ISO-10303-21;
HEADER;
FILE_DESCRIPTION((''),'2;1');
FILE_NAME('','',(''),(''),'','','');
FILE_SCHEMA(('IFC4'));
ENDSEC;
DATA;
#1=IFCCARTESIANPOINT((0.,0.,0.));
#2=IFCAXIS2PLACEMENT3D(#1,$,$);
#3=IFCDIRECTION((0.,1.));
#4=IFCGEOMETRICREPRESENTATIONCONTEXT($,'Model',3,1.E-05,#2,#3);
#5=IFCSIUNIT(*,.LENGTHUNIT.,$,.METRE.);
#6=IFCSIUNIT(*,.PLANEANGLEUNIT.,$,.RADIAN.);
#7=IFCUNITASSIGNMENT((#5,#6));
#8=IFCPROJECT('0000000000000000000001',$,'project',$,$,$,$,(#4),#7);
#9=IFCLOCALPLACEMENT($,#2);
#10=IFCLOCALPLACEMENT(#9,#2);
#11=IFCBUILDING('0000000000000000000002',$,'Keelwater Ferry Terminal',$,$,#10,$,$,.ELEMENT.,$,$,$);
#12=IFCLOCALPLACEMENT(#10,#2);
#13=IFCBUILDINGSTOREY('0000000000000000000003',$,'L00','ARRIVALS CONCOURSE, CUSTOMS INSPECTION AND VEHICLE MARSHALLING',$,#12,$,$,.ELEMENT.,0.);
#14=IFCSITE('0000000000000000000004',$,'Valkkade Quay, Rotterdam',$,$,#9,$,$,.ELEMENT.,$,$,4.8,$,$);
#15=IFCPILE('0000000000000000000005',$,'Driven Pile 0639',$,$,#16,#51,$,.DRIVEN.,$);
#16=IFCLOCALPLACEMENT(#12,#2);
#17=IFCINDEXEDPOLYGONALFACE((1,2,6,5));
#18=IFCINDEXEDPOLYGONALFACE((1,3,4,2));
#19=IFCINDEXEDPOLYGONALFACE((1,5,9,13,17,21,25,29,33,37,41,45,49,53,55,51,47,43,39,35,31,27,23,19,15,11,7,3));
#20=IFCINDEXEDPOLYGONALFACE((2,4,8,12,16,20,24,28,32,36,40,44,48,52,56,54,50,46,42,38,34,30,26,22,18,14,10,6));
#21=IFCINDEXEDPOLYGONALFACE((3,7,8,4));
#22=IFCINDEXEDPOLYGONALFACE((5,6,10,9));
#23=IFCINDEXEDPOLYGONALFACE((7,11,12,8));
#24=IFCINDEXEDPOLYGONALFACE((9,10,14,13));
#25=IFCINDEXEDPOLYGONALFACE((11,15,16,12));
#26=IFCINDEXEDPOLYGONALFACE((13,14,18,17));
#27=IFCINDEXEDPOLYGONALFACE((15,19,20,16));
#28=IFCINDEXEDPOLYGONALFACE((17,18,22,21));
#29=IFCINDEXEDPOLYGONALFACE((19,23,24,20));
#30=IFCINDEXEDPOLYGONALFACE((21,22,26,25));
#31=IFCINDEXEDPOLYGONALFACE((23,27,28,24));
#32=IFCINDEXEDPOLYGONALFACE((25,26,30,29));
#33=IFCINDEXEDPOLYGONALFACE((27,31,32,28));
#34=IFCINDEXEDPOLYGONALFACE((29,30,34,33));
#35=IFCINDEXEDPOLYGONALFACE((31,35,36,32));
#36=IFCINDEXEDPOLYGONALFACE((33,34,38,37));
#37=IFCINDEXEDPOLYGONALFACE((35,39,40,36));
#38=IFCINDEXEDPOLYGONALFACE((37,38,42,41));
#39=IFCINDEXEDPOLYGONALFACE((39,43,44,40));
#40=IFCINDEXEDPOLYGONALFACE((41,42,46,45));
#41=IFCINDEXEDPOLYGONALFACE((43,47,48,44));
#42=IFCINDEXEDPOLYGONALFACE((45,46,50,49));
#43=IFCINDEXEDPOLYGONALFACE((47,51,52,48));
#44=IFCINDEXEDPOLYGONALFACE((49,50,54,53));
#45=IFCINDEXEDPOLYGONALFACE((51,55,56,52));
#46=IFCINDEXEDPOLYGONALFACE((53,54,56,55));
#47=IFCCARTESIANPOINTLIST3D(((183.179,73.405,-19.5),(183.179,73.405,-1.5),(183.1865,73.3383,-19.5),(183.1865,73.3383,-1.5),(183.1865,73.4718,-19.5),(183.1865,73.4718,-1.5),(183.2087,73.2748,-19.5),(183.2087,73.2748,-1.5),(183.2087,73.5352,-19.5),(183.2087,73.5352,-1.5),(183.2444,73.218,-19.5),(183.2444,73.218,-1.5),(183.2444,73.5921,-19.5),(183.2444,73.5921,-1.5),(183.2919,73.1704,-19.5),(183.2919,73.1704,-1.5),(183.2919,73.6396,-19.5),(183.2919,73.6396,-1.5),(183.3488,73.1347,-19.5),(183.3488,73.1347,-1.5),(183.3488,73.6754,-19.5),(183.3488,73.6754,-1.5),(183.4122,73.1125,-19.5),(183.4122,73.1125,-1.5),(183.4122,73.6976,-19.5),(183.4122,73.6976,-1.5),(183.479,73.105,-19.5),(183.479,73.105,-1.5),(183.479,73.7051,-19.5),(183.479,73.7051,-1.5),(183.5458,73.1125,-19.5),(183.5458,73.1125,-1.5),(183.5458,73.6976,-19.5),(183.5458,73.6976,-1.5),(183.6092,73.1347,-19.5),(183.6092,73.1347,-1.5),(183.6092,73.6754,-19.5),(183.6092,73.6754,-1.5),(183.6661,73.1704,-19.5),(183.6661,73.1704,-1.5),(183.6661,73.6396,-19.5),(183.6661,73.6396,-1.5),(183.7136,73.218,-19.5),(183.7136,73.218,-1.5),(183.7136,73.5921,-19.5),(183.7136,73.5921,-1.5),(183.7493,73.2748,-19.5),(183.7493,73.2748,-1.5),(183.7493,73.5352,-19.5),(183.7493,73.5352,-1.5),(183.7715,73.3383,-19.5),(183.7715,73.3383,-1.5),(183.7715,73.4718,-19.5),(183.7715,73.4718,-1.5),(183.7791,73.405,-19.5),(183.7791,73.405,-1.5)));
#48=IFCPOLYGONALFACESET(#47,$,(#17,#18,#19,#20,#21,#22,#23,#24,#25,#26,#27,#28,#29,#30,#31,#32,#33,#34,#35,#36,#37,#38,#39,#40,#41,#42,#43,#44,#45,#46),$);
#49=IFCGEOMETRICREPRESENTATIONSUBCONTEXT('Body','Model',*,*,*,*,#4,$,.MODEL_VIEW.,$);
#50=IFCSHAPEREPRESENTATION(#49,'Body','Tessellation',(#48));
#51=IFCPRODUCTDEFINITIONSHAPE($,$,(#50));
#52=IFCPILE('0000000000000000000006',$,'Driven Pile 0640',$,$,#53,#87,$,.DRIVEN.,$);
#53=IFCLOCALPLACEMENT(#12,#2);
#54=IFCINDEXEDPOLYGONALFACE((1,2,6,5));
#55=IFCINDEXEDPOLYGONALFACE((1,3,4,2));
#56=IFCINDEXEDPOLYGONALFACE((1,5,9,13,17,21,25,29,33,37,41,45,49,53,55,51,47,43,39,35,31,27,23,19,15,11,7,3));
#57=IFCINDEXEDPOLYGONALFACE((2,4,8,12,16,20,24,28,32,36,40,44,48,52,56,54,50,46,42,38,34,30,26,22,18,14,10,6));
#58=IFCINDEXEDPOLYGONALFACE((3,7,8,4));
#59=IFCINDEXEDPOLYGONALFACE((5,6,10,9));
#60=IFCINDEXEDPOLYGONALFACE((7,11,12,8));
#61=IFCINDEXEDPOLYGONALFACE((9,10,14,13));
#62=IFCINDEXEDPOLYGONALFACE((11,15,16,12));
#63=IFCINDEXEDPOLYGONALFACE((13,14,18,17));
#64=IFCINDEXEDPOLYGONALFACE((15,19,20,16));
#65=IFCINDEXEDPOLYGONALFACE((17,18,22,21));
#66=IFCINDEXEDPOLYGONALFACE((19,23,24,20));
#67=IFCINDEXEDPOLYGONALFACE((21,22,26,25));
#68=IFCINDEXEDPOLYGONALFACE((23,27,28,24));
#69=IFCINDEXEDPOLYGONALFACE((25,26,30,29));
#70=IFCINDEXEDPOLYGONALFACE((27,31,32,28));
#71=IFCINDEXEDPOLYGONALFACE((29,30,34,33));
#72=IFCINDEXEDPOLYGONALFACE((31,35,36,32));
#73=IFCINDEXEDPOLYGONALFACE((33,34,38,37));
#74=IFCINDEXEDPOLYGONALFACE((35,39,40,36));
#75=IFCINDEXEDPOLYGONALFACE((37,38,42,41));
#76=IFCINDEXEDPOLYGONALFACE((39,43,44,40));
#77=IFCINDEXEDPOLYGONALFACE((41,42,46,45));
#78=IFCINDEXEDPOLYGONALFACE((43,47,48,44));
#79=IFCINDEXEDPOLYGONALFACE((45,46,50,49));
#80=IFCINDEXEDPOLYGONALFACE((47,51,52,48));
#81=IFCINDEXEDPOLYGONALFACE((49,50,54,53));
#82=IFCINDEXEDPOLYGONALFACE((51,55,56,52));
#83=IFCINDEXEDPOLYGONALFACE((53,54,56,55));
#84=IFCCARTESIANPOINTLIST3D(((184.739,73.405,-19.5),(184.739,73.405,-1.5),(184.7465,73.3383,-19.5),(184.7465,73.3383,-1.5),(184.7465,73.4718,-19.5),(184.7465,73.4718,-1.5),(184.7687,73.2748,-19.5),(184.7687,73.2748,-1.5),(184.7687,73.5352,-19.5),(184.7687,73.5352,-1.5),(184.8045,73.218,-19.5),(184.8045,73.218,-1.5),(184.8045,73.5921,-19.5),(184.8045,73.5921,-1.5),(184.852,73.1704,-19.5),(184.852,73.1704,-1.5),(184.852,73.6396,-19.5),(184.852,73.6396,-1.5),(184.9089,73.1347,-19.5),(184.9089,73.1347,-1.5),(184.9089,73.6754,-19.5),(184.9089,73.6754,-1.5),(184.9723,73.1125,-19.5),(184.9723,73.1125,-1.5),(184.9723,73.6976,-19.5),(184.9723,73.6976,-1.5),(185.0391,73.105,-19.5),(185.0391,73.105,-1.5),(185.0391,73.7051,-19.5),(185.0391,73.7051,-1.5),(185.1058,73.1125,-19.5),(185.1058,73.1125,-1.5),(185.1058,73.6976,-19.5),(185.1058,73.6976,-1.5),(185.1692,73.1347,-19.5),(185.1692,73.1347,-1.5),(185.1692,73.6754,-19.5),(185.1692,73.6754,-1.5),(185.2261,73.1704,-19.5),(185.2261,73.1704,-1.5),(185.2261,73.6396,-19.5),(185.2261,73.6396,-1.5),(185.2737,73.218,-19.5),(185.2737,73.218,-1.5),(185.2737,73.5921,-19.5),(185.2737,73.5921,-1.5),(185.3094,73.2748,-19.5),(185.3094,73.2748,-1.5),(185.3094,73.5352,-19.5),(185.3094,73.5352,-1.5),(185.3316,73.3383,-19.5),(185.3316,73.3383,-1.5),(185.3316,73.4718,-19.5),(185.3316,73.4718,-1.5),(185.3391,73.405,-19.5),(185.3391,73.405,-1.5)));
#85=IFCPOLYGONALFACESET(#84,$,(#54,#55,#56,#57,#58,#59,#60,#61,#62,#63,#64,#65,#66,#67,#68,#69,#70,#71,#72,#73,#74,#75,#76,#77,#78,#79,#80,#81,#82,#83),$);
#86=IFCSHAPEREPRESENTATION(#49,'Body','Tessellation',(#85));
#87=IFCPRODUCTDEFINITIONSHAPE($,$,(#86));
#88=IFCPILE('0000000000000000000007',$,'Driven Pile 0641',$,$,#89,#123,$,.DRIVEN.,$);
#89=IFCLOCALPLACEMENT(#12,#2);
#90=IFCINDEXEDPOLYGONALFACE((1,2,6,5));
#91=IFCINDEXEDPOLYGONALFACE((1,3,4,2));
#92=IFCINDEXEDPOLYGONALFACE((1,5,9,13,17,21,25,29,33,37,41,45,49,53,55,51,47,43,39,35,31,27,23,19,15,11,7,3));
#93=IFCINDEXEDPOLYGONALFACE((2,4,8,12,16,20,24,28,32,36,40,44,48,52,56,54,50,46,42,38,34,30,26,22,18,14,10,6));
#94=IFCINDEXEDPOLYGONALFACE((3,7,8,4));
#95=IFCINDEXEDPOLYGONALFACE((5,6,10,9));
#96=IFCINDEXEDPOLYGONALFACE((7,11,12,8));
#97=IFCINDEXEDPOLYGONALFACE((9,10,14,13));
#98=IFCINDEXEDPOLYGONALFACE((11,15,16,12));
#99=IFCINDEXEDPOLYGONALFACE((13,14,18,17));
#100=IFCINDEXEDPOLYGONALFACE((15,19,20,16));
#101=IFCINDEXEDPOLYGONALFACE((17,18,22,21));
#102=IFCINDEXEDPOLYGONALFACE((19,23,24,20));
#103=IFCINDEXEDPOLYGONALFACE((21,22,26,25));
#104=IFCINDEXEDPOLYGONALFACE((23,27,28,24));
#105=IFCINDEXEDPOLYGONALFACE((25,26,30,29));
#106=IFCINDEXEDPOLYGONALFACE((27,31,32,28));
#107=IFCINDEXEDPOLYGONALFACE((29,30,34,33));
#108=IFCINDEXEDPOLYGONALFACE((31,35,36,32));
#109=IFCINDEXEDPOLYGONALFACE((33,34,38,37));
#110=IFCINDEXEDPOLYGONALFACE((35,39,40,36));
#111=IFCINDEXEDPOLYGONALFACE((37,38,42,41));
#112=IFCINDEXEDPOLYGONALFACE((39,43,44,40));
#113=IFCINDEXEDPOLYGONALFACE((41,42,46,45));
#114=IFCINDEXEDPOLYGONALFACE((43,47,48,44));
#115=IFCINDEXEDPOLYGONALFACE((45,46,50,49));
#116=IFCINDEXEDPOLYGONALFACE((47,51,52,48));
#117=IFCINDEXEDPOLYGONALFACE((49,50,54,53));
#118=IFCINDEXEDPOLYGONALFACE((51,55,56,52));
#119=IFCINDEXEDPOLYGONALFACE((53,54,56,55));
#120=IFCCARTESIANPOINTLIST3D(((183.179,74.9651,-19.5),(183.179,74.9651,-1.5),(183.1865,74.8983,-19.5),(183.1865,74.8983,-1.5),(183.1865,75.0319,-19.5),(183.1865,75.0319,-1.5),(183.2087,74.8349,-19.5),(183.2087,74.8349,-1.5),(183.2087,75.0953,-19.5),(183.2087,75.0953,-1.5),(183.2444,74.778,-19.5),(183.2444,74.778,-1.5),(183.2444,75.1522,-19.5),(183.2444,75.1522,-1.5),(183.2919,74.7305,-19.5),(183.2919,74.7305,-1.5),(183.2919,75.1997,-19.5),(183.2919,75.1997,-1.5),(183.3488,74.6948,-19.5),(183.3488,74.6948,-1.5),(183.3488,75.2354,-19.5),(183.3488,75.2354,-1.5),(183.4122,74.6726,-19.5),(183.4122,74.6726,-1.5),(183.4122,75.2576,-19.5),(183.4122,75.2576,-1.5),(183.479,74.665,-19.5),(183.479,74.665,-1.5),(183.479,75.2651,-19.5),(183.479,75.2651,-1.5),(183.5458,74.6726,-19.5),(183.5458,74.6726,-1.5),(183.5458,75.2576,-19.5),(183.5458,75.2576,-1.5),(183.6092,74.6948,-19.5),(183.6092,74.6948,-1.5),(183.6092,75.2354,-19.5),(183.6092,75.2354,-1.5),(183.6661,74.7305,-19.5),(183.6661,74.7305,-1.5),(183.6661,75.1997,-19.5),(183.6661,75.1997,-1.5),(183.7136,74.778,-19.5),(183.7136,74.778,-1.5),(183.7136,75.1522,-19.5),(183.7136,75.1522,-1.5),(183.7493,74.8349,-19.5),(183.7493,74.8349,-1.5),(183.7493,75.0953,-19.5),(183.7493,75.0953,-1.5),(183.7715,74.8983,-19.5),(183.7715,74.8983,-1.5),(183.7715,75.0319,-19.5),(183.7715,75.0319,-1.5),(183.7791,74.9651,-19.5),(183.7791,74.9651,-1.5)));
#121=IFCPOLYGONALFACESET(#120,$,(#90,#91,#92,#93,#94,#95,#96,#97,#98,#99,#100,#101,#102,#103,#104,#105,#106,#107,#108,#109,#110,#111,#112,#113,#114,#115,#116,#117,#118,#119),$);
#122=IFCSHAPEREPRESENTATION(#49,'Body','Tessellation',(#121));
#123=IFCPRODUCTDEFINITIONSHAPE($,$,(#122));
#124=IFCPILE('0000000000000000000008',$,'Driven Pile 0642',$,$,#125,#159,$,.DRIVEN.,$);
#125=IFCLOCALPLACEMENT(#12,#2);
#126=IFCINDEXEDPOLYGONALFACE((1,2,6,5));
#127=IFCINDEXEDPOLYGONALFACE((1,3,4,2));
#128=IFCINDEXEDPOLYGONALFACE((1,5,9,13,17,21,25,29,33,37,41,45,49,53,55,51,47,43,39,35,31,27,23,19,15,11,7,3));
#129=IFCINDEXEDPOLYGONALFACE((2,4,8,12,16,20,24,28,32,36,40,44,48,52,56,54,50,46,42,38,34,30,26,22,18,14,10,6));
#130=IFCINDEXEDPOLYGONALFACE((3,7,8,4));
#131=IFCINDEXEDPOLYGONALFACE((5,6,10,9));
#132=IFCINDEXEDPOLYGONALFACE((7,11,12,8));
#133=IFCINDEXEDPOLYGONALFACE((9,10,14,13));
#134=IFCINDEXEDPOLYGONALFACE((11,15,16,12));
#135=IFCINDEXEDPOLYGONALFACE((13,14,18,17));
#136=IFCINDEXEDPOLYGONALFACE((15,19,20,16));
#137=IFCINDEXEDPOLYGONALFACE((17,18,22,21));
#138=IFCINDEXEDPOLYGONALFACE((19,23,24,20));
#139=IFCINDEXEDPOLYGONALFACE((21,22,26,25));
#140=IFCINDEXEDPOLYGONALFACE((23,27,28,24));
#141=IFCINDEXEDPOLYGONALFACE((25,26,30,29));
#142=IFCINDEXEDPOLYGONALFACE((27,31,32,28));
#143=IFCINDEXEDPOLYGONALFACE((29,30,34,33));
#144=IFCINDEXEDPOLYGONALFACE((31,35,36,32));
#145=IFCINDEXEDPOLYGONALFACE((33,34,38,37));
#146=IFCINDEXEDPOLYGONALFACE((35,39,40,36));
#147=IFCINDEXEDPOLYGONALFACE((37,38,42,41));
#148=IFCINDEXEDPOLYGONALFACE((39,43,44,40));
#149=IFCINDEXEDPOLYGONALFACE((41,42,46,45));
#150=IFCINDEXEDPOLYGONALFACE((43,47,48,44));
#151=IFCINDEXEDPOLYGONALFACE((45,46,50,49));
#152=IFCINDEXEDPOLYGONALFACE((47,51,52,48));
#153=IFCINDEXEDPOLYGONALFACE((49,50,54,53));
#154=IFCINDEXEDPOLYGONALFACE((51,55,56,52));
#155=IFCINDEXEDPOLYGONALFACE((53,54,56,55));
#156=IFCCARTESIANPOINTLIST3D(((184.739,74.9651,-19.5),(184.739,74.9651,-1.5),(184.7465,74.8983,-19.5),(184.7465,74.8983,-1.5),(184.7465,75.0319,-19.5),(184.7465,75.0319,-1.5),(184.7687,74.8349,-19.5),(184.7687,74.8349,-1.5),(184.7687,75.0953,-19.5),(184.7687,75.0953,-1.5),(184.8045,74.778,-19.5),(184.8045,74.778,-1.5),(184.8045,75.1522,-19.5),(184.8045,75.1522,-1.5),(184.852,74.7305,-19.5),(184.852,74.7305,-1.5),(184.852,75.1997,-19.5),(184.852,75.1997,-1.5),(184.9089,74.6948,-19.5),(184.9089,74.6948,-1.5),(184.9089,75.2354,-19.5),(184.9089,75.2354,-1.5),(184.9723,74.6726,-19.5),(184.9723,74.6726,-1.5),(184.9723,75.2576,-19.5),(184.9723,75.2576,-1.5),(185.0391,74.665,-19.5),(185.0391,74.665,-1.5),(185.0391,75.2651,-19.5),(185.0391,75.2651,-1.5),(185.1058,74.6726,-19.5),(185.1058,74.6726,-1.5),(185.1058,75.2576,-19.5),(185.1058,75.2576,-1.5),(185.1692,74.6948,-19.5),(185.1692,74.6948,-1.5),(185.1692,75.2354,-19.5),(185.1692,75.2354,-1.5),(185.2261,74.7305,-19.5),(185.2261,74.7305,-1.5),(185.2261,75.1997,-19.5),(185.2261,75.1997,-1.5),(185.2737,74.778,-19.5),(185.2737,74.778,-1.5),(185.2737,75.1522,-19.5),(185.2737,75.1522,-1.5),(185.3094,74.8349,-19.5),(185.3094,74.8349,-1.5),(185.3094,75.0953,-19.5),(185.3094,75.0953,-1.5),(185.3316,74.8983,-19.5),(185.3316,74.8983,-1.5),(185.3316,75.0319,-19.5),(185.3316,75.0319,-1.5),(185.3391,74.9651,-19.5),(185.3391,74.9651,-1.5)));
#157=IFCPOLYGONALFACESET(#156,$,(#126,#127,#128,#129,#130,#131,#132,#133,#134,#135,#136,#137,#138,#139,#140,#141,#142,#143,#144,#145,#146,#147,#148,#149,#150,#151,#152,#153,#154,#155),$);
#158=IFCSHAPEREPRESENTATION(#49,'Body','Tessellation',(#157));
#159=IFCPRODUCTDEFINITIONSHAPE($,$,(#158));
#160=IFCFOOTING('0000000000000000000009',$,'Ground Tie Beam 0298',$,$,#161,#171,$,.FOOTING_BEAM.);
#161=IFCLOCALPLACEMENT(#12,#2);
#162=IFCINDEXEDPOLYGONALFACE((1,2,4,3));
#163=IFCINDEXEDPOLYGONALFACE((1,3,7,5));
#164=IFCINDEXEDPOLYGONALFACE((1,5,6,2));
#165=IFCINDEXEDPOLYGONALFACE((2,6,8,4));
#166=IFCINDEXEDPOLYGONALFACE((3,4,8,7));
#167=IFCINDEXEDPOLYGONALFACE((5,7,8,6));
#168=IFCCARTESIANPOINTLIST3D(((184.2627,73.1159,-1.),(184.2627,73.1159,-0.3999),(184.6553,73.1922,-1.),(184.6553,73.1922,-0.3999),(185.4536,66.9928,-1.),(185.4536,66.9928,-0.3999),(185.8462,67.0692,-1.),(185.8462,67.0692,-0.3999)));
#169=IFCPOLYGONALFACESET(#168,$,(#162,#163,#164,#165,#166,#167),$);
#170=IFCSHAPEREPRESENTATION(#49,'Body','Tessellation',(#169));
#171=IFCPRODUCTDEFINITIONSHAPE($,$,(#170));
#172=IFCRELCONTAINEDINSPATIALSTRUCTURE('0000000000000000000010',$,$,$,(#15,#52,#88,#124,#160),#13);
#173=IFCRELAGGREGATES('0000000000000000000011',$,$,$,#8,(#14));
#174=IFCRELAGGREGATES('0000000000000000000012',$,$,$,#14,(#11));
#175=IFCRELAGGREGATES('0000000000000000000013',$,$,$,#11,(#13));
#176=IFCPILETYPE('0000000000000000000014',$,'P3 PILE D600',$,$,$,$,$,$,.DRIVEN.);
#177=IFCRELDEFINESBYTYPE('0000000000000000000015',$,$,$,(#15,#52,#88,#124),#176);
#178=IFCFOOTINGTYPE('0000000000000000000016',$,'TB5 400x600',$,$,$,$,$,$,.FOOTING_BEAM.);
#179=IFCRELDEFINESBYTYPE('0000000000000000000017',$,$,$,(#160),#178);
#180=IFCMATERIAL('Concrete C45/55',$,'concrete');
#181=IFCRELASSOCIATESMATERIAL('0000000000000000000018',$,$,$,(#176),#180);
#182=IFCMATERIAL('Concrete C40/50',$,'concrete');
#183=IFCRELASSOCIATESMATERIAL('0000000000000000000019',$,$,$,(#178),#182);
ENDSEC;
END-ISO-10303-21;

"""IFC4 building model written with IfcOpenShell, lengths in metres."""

from ifc_helpers import new_model, si_unit, direction, frame, origin, origin_2d, place, context, subcontext, project, spatial, rectangle, circle, extrude, material, material_profile, profile_set, type_object, element, save


model = new_model("IFC4")

# Units and contexts
model_context = context("Model", 3, precision=1e-05, world=origin(), true_north=direction((0.0, 1.0)))
body_context = subcontext(model_context, "Body", "Model", "MODEL_VIEW")
ifc_project = project(units=[si_unit("LENGTHUNIT", "METRE"), si_unit("PLANEANGLEUNIT", "RADIAN")], contexts=[model_context])

# Site, building, storey
site_placement = place(None, origin())
site = spatial("IfcSite", under=ifc_project, at=site_placement, Name="Valkkade Quay, Rotterdam", CompositionType="ELEMENT", RefElevation=4.8)
building_placement = place(site_placement, origin())
building = spatial("IfcBuilding", under=site, at=building_placement, Name="Keelwater Ferry Terminal", CompositionType="ELEMENT")
storey_placement = place(building_placement, origin())
storey = spatial("IfcBuildingStorey", under=building, at=storey_placement, Name="L00", Description="ARRIVALS CONCOURSE, CUSTOMS INSPECTION AND VEHICLE MARSHALLING", CompositionType="ELEMENT", Elevation=0.0)

# Piles
ifc_material_1 = material(Name="Concrete C45/55", Category="concrete")
ifc_material_profile_1 = material_profile(ifc_material_1, circle(Radius=0.3, at=origin_2d()), Name="PILE D600")
ifc_profile_set_1 = profile_set([ifc_material_profile_1], Name="Concrete C45/55")
pile_type = type_object("IfcPileType", Name="P3 PILE D600", PredefinedType="DRIVEN", material=ifc_profile_set_1)
for number, where, z_axis, x_axis, name in (
    (1, (183.479, 73.405, -1.5), (0.0, 0.0, -1.0), (1.0, 0.0, 0.0), "Driven Pile 0639"),
    (2, (185.0391, 73.405, -1.5), (0.0, 0.0, -1.0), (1.0, 0.0, 0.0), "Driven Pile 0640"),
    (3, (183.479, 74.9651, -1.5), (0.0, 0.0, -1.0), (1.0, 0.0, 0.0), "Driven Pile 0641"),
    (4, (185.0391, 74.9651, -1.5), (0.0, 0.0, -1.0), (1.0, 0.0, 0.0), "Driven Pile 0642"),
):
    element("IfcPile", number, at=place(storey_placement, frame(where, z_axis=z_axis, x_axis=x_axis)), inside=storey, type_object=pile_type, Name=name, PredefinedType="DRIVEN", context=body_context, shape_type="SweptSolid", body=[
        extrude(circle(Radius=0.3, at=origin_2d()), origin(), (0.0, 0.0, 1.0), 18.0),
    ])

# Footing
ifc_material_2 = material(Name="Concrete C40/50", Category="concrete")
ifc_material_profile_2 = material_profile(ifc_material_2, rectangle(XDim=0.3999, YDim=0.6001, at=origin_2d()), Name="TB 400x600")
ifc_profile_set_2 = profile_set([ifc_material_profile_2], Name="Concrete C40/50")
footing_type = type_object("IfcFootingType", Name="TB5 400x600", PredefinedType="FOOTING_BEAM", material=ifc_profile_set_2)
footing_placement = place(storey_placement, frame((184.459, 73.1541, -0.7), z_axis=(0.19092, -0.981606, 0.0), x_axis=(0.981606, 0.19092, 0.0)))
element("IfcFooting", 5, at=footing_placement, inside=storey, type_object=footing_type, Name="Ground Tie Beam 0298", PredefinedType="FOOTING_BEAM", context=body_context, shape_type="SweptSolid", body=[
    extrude(rectangle(XDim=0.3999, YDim=0.6001, at=origin_2d()), origin(), (0.0, 0.0, 1.0), 6.2378),
])

save(model, "model.ifc")
